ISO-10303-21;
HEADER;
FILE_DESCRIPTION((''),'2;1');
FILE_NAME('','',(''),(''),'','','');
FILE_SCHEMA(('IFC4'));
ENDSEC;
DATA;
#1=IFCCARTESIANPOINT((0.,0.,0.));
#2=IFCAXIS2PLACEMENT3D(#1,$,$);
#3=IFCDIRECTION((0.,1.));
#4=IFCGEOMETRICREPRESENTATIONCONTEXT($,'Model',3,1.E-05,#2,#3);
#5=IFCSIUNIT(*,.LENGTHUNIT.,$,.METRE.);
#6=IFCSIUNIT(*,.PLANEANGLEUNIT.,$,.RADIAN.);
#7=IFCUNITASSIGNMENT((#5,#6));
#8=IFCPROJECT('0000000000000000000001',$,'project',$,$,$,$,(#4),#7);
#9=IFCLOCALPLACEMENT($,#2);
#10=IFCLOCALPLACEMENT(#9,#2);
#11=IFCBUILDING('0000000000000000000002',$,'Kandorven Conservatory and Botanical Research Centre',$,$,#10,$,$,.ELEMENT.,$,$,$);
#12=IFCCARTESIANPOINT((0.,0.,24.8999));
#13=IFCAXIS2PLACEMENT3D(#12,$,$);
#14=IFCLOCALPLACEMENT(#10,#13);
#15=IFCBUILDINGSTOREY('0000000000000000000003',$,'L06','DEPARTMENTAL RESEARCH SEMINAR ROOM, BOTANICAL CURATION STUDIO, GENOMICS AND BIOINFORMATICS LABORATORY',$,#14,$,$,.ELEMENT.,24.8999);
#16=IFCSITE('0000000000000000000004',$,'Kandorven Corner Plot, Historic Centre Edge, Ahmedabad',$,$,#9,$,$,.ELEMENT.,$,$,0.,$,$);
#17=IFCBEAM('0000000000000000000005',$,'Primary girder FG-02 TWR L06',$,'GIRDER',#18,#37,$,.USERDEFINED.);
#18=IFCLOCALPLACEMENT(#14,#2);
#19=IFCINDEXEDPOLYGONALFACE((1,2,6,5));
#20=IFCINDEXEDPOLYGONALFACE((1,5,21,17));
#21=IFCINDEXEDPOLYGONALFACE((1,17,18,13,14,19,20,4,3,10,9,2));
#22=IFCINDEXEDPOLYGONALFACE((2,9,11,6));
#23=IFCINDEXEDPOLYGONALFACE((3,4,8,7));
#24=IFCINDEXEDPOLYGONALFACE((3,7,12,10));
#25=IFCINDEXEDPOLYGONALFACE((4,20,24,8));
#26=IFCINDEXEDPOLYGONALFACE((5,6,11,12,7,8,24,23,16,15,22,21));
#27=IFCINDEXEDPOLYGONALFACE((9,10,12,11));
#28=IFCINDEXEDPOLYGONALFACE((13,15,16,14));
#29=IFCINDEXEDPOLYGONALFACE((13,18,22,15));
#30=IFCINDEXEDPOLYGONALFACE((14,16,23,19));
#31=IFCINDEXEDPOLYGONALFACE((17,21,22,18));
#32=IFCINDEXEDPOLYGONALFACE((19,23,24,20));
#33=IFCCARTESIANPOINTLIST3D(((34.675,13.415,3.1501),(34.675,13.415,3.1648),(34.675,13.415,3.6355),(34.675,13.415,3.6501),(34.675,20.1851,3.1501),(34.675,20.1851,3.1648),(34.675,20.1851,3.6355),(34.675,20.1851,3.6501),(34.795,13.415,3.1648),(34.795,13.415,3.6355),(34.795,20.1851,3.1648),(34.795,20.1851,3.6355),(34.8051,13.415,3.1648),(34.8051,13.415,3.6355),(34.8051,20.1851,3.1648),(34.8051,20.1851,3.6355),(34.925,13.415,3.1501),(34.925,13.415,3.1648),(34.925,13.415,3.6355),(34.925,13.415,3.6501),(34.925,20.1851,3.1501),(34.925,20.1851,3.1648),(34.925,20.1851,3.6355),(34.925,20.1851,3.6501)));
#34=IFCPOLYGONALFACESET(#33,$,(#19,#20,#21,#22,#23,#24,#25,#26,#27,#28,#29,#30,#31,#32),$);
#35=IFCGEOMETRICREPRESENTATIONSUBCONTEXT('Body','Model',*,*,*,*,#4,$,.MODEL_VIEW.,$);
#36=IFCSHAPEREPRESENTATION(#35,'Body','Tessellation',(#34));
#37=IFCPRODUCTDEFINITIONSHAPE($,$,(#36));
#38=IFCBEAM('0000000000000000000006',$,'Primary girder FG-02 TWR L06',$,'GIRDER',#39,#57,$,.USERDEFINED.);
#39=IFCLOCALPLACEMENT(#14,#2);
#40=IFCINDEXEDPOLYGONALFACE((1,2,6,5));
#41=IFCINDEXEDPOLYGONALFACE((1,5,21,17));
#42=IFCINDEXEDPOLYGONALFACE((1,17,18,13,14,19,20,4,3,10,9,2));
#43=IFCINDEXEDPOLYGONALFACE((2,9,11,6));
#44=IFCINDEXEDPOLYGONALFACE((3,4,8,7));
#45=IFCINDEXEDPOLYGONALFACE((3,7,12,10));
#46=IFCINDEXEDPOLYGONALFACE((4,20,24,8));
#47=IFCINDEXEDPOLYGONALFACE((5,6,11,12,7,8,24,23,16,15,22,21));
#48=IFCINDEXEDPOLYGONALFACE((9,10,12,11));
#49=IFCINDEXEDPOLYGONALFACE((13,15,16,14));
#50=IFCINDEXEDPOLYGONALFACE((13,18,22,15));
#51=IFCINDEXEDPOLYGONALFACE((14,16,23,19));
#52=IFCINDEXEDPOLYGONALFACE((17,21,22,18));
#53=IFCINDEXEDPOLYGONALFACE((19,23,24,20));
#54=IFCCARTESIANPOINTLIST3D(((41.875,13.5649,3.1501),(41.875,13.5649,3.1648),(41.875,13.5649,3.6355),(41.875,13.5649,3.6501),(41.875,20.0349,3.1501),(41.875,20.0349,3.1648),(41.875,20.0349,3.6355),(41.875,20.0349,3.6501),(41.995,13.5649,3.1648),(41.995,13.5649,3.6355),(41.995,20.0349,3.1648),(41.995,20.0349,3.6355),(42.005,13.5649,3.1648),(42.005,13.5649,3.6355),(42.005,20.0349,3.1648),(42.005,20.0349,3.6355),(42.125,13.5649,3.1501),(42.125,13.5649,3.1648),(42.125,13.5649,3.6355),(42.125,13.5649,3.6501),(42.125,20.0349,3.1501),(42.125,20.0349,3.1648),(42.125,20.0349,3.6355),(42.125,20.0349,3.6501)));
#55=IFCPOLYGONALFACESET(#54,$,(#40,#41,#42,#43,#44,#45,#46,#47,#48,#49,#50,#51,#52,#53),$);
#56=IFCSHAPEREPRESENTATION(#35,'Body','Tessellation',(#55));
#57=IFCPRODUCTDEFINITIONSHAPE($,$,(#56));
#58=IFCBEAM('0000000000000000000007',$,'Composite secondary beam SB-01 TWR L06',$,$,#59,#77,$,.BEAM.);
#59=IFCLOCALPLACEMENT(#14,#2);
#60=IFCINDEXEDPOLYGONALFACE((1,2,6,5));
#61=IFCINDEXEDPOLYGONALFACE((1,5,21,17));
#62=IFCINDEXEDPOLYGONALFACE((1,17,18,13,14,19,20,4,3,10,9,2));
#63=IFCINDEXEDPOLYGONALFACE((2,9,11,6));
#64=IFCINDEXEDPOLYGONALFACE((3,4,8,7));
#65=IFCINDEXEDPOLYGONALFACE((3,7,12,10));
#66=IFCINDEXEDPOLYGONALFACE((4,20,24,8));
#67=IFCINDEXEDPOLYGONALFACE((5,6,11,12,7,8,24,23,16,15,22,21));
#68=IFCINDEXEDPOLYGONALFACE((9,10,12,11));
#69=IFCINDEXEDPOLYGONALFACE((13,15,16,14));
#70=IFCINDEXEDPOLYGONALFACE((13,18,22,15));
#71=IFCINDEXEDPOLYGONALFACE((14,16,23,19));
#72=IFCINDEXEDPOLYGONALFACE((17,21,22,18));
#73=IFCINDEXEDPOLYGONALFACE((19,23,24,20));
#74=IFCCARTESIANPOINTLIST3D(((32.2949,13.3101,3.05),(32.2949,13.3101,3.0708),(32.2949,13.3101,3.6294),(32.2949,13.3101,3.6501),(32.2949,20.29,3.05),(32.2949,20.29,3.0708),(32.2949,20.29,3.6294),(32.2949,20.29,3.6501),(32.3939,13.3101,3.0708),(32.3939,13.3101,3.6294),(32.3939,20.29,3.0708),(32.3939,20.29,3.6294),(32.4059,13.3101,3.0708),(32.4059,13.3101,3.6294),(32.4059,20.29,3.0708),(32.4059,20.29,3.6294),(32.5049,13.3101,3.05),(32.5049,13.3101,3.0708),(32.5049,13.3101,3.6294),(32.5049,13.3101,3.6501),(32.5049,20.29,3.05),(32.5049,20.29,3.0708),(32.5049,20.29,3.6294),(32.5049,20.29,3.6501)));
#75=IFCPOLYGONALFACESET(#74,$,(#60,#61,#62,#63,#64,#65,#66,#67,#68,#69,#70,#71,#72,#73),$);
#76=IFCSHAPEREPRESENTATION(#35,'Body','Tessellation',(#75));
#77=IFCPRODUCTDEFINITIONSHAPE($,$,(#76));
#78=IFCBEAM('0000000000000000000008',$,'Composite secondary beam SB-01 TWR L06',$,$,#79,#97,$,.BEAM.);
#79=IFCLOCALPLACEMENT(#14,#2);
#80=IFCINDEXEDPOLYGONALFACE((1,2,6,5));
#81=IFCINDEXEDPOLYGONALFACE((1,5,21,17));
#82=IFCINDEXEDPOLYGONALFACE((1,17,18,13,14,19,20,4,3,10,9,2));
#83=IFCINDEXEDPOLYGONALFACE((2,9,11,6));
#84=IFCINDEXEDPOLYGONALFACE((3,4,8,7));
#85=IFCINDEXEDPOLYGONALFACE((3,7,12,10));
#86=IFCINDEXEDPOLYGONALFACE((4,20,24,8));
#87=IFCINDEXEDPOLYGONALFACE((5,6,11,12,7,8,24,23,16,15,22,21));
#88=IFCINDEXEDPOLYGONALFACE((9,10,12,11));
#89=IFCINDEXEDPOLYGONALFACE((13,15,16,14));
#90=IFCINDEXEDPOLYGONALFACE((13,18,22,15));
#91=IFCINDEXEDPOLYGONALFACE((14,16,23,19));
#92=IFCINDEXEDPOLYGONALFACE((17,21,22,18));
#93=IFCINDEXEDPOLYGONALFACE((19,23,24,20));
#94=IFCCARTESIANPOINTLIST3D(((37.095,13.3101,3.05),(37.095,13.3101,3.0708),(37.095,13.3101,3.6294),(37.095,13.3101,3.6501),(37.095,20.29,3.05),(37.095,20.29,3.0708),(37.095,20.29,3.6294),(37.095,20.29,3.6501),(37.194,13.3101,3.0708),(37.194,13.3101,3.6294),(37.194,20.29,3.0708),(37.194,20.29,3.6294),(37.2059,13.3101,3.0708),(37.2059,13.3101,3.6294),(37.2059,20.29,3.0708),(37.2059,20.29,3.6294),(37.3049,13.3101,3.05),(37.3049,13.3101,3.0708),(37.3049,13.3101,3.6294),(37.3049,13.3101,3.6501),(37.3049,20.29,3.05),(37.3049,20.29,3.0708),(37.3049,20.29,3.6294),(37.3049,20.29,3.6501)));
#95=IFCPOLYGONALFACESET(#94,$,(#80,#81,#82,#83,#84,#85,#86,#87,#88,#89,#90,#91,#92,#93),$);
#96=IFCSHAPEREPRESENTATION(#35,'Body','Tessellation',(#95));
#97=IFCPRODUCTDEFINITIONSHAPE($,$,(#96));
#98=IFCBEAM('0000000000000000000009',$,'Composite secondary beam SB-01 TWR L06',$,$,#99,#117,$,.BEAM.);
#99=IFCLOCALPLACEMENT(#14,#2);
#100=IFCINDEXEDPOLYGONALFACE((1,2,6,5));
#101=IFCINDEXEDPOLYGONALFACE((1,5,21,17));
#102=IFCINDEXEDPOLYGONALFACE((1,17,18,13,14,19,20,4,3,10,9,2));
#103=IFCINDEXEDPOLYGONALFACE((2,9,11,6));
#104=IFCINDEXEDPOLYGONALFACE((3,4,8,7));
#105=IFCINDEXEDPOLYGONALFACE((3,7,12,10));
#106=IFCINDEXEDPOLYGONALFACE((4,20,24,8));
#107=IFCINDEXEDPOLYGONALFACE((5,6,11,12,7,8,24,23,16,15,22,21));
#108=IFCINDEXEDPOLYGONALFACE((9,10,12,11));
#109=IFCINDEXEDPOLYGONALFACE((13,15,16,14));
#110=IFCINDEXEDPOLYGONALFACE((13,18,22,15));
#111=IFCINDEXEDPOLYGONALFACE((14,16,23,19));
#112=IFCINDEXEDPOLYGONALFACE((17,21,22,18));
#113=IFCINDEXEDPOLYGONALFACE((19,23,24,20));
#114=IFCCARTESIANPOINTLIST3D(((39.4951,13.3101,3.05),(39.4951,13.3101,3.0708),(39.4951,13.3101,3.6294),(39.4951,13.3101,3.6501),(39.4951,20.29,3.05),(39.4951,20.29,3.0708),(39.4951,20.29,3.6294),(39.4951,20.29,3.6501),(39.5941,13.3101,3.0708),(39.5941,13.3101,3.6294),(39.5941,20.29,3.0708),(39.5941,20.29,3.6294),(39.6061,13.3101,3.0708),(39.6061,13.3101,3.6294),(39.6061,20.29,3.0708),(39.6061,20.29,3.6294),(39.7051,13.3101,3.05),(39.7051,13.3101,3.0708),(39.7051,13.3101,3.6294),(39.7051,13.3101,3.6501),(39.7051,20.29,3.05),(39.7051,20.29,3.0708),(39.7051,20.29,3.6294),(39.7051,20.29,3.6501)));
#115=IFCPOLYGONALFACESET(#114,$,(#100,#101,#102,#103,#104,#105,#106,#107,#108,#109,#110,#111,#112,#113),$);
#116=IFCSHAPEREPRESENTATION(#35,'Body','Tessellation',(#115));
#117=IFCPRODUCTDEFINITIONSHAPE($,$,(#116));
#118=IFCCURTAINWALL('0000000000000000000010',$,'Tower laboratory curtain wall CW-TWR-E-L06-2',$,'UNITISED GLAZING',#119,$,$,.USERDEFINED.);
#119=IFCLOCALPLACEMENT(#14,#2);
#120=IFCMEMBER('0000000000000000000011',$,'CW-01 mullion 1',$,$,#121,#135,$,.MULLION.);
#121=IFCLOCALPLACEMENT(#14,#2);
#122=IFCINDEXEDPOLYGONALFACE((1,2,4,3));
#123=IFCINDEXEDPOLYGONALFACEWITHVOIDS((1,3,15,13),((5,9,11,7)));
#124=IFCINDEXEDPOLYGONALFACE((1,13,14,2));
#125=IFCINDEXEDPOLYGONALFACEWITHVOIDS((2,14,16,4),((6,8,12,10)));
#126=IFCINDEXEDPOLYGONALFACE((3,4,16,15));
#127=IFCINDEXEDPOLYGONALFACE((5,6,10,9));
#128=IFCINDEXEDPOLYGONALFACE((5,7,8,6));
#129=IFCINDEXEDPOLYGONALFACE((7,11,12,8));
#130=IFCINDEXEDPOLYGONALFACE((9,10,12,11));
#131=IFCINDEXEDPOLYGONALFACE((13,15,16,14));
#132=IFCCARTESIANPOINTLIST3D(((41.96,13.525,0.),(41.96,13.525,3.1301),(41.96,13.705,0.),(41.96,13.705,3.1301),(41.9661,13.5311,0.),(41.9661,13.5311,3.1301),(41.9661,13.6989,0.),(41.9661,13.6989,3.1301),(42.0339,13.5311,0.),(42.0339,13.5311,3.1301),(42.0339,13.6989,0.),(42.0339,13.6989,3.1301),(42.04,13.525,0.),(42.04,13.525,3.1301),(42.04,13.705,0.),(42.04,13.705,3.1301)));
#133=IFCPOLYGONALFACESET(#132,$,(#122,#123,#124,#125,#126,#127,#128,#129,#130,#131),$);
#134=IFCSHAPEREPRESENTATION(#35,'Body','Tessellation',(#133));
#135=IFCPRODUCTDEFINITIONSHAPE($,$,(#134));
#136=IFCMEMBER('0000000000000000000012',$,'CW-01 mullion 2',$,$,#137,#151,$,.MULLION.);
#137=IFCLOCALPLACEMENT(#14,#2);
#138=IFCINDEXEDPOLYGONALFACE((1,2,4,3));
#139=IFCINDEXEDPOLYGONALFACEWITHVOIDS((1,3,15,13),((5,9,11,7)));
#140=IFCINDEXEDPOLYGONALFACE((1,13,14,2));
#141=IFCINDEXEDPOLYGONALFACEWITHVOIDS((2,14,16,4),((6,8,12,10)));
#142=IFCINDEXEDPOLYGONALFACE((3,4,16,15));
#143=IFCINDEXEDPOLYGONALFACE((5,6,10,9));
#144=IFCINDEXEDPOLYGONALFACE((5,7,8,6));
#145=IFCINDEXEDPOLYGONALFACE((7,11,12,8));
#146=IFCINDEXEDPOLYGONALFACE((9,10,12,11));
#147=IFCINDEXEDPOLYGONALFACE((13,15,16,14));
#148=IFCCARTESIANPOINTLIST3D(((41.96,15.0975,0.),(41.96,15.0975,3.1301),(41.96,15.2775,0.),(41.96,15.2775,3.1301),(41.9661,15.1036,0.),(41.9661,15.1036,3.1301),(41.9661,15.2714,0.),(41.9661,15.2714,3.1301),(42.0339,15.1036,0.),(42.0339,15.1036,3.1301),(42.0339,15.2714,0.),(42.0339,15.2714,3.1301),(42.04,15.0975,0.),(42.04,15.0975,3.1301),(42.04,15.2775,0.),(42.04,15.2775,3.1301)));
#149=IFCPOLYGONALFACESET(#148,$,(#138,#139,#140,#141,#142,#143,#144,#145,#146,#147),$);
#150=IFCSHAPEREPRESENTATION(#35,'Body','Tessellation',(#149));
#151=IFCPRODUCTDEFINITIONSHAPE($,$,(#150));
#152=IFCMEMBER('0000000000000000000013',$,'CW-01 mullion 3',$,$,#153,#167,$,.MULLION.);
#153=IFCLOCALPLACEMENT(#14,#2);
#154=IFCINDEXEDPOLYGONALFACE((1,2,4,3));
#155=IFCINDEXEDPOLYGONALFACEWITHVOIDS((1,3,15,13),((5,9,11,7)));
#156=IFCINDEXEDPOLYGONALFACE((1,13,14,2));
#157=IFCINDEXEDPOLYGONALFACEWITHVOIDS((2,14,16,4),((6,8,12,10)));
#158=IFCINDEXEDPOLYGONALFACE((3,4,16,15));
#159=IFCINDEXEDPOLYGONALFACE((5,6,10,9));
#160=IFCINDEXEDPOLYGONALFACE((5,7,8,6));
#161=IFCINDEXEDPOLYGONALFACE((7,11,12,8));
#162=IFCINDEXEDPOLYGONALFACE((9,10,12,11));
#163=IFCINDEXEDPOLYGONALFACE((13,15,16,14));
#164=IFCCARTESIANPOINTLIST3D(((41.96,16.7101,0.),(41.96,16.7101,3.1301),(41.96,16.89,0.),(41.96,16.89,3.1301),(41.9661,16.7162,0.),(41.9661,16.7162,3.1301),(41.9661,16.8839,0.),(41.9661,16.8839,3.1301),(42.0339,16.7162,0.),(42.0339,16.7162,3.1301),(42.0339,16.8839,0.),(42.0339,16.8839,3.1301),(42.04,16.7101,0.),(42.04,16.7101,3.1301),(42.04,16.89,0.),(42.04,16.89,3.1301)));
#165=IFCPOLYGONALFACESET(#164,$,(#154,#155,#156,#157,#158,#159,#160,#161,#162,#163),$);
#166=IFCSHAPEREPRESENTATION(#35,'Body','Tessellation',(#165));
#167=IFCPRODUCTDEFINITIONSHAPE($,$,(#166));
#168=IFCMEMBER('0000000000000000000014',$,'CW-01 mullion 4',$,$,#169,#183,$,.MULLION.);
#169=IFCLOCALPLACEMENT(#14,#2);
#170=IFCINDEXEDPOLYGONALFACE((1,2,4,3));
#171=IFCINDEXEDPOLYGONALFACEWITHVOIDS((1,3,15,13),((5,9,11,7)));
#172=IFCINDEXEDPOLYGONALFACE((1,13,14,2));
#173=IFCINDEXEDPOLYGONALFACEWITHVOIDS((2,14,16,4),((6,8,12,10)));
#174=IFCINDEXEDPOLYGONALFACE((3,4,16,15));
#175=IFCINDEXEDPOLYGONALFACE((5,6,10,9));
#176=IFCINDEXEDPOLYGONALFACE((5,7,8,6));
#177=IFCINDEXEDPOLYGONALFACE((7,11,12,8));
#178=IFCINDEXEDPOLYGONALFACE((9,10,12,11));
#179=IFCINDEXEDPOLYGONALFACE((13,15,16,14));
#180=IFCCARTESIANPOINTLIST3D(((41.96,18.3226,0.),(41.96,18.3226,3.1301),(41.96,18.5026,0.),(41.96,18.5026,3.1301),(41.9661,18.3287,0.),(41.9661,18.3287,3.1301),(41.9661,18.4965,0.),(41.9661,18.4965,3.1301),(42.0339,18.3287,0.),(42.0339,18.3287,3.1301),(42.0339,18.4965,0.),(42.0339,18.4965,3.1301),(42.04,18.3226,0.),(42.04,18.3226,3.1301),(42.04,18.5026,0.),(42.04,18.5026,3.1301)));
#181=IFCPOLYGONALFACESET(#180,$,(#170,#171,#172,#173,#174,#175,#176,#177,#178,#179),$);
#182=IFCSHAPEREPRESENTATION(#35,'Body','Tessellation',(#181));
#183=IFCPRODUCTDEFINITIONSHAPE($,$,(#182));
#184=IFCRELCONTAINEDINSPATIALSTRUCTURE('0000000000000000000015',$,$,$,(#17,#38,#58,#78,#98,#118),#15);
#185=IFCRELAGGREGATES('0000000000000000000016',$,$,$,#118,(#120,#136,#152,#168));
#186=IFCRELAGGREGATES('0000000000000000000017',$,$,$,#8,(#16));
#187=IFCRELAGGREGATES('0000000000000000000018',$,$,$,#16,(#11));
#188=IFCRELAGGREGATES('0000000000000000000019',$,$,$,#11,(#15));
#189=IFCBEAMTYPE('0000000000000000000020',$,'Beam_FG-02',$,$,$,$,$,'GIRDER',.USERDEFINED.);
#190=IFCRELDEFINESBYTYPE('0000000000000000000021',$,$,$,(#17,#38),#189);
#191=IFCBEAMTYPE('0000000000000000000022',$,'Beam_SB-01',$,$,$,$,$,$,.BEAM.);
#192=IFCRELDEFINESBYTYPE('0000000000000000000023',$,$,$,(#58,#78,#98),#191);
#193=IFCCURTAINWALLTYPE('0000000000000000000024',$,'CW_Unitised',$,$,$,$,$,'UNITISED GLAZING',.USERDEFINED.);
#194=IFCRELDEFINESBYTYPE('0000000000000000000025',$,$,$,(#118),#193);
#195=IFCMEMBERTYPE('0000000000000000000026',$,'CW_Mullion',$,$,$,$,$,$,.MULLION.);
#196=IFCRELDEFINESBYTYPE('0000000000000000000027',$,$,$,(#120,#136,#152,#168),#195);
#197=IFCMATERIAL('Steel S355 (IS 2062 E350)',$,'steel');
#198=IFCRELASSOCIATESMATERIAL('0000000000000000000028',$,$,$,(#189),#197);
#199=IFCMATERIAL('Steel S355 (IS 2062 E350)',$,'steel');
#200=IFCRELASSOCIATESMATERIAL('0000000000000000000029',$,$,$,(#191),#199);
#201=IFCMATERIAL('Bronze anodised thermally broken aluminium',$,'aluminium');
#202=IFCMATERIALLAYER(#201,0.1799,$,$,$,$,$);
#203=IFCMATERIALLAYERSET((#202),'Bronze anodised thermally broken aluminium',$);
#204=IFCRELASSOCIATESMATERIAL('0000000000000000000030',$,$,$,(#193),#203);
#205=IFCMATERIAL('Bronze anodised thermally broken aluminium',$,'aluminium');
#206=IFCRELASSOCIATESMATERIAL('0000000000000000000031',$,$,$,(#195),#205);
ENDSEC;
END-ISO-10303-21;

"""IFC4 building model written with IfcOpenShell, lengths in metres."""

from ifc_helpers import new_model, si_unit, direction, frame, origin, origin_2d, place, context, subcontext, project, spatial, hollow_rectangle, i_section, extrude, material, layer, layer_set, material_profile, profile_set, type_object, element, aggregate, save


model = new_model("IFC4")

# Units and contexts
model_context = context("Model", 3, precision=1e-05, world=origin(), true_north=direction((0.0, 1.0)))
body_context = subcontext(model_context, "Body", "Model", "MODEL_VIEW")
ifc_project = project(units=[si_unit("LENGTHUNIT", "METRE"), si_unit("PLANEANGLEUNIT", "RADIAN")], contexts=[model_context])

# Site, building, storey
site_placement = place(None, origin())
site = spatial("IfcSite", under=ifc_project, at=site_placement, Name="Kandorven Corner Plot, Historic Centre Edge, Ahmedabad", CompositionType="ELEMENT", RefElevation=0.0)
building_placement = place(site_placement, origin())
building = spatial("IfcBuilding", under=site, at=building_placement, Name="Kandorven Conservatory and Botanical Research Centre", CompositionType="ELEMENT")
storey_placement = place(building_placement, frame((0.0, 0.0, 24.8999)))
storey = spatial("IfcBuildingStorey", under=building, at=storey_placement, Name="L06", Description="DEPARTMENTAL RESEARCH SEMINAR ROOM, BOTANICAL CURATION STUDIO, GENOMICS AND BIOINFORMATICS LABORATORY", CompositionType="ELEMENT", Elevation=24.8999)

# Beams
ifc_material_1 = material(Name="Steel S355 (IS 2062 E350)", Category="steel")
ifc_material_profile_1 = material_profile(ifc_material_1, i_section(OverallWidth=0.25, OverallDepth=0.5, WebThickness=0.01, FlangeThickness=0.0146, at=origin_2d()))
ifc_profile_set_1 = profile_set([ifc_material_profile_1], Name="Steel S355 (IS 2062 E350)")
beam_type_1 = type_object("IfcBeamType", Name="Beam_FG-02", ElementType="GIRDER", PredefinedType="USERDEFINED", material=ifc_profile_set_1)
beam_1_placement = place(storey_placement, frame((34.8, 13.415, 3.4001), z_axis=(0.0, 1.0, 0.0), x_axis=(-1.0, 0.0, 0.0)))
element("IfcBeam", 1, at=beam_1_placement, inside=storey, type_object=beam_type_1, Name="Primary girder FG-02 TWR L06", ObjectType="GIRDER", PredefinedType="USERDEFINED", context=body_context, shape_type="SweptSolid", body=[
    extrude(i_section(OverallWidth=0.25, OverallDepth=0.5, WebThickness=0.01, FlangeThickness=0.0146, at=origin_2d()), origin(), (0.0, 0.0, 1.0), 6.77),
])
beam_2_placement = place(storey_placement, frame((42.0, 13.5649, 3.4001), z_axis=(0.0, 1.0, 0.0), x_axis=(-1.0, 0.0, 0.0)))
element("IfcBeam", 2, at=beam_2_placement, inside=storey, type_object=beam_type_1, Name="Primary girder FG-02 TWR L06", ObjectType="GIRDER", PredefinedType="USERDEFINED", context=body_context, shape_type="SweptSolid", body=[
    extrude(i_section(OverallWidth=0.25, OverallDepth=0.5, WebThickness=0.01, FlangeThickness=0.0146, at=origin_2d()), origin(), (0.0, 0.0, 1.0), 6.47),
])
ifc_material_2 = material(Name="Steel S355 (IS 2062 E350)", Category="steel")
ifc_material_profile_2 = material_profile(ifc_material_2, i_section(OverallWidth=0.21, OverallDepth=0.6001, WebThickness=0.012, FlangeThickness=0.0208, at=origin_2d()))
ifc_profile_set_2 = profile_set([ifc_material_profile_2], Name="Steel S355 (IS 2062 E350)")
beam_type_2 = type_object("IfcBeamType", Name="Beam_SB-01", PredefinedType="BEAM", material=ifc_profile_set_2)
for number, where, z_axis, x_axis, name in (
    (3, (32.3999, 13.3101, 3.3501), (0.0, 1.0, 0.0), (-1.0, 0.0, 0.0), "Composite secondary beam SB-01 TWR L06"),
    (4, (37.2, 13.3101, 3.3501), (0.0, 1.0, 0.0), (-1.0, 0.0, 0.0), "Composite secondary beam SB-01 TWR L06"),
    (5, (39.6001, 13.3101, 3.3501), (0.0, 1.0, 0.0), (-1.0, 0.0, 0.0), "Composite secondary beam SB-01 TWR L06"),
):
    element("IfcBeam", number, at=place(storey_placement, frame(where, z_axis=z_axis, x_axis=x_axis)), inside=storey, type_object=beam_type_2, Name=name, PredefinedType="BEAM", context=body_context, shape_type="SweptSolid", body=[
        extrude(i_section(OverallWidth=0.21, OverallDepth=0.6001, WebThickness=0.012, FlangeThickness=0.0208, at=origin_2d()), origin(), (0.0, 0.0, 1.0), 6.98),
    ])

# Curtain wall, members
ifc_material_3 = material(Name="Bronze anodised thermally broken aluminium", Category="aluminium")
ifc_layer_1 = layer(ifc_material_3, 0.1799)
ifc_layer_set_1 = layer_set([ifc_layer_1], Name="Bronze anodised thermally broken aluminium")
curtain_wall_type = type_object("IfcCurtainWallType", Name="CW_Unitised", ElementType="UNITISED GLAZING", PredefinedType="USERDEFINED", material=ifc_layer_set_1)
curtain_wall_placement = place(storey_placement, origin())
curtain_wall = element("IfcCurtainWall", 6, at=curtain_wall_placement, inside=storey, type_object=curtain_wall_type, Name="Tower laboratory curtain wall CW-TWR-E-L06-2", ObjectType="UNITISED GLAZING", PredefinedType="USERDEFINED")
ifc_material_4 = material(Name="Bronze anodised thermally broken aluminium", Category="aluminium")
ifc_material_profile_3 = material_profile(ifc_material_4, hollow_rectangle(XDim=0.0801, YDim=0.1799, WallThickness=0.0061, at=origin_2d()))
ifc_profile_set_3 = profile_set([ifc_material_profile_3], Name="Bronze anodised thermally broken aluminium")
member_type_1 = type_object("IfcMemberType", Name="CW_Mullion", PredefinedType="MULLION", material=ifc_profile_set_3)
member_1_placement = place(storey_placement, frame((42.0, 13.615, 0.0), z_axis=(0.0, 0.0, 1.0), x_axis=(-1.0, 0.0, 0.0)))
member_1 = element("IfcMember", 7, at=member_1_placement, type_object=member_type_1, Name="CW-01 mullion 1", PredefinedType="MULLION", context=body_context, shape_type="SweptSolid", body=[
    extrude(hollow_rectangle(XDim=0.0801, YDim=0.1799, WallThickness=0.0061, at=origin_2d()), origin(), (0.0, 0.0, 1.0), 3.1301),
])
member_2_placement = place(storey_placement, frame((42.0, 15.1875, 0.0), z_axis=(0.0, 0.0, 1.0), x_axis=(-1.0, 0.0, 0.0)))
member_2 = element("IfcMember", 8, at=member_2_placement, type_object=member_type_1, Name="CW-01 mullion 2", PredefinedType="MULLION", context=body_context, shape_type="SweptSolid", body=[
    extrude(hollow_rectangle(XDim=0.0801, YDim=0.1799, WallThickness=0.0061, at=origin_2d()), origin(), (0.0, 0.0, 1.0), 3.1301),
])
member_3_placement = place(storey_placement, frame((42.0, 16.8, 0.0), z_axis=(0.0, 0.0, 1.0), x_axis=(-1.0, 0.0, 0.0)))
member_3 = element("IfcMember", 9, at=member_3_placement, type_object=member_type_1, Name="CW-01 mullion 3", PredefinedType="MULLION", context=body_context, shape_type="SweptSolid", body=[
    extrude(hollow_rectangle(XDim=0.0801, YDim=0.1799, WallThickness=0.0061, at=origin_2d()), origin(), (0.0, 0.0, 1.0), 3.1301),
])
member_4_placement = place(storey_placement, frame((42.0, 18.4126, 0.0), z_axis=(0.0, 0.0, 1.0), x_axis=(-1.0, 0.0, 0.0)))
member_4 = element("IfcMember", 10, at=member_4_placement, type_object=member_type_1, Name="CW-01 mullion 4", PredefinedType="MULLION", context=body_context, shape_type="SweptSolid", body=[
    extrude(hollow_rectangle(XDim=0.0801, YDim=0.1799, WallThickness=0.0061, at=origin_2d()), origin(), (0.0, 0.0, 1.0), 3.1301),
])
aggregate(curtain_wall, [member_1, member_2, member_3, member_4])

save(model, "model.ifc")
